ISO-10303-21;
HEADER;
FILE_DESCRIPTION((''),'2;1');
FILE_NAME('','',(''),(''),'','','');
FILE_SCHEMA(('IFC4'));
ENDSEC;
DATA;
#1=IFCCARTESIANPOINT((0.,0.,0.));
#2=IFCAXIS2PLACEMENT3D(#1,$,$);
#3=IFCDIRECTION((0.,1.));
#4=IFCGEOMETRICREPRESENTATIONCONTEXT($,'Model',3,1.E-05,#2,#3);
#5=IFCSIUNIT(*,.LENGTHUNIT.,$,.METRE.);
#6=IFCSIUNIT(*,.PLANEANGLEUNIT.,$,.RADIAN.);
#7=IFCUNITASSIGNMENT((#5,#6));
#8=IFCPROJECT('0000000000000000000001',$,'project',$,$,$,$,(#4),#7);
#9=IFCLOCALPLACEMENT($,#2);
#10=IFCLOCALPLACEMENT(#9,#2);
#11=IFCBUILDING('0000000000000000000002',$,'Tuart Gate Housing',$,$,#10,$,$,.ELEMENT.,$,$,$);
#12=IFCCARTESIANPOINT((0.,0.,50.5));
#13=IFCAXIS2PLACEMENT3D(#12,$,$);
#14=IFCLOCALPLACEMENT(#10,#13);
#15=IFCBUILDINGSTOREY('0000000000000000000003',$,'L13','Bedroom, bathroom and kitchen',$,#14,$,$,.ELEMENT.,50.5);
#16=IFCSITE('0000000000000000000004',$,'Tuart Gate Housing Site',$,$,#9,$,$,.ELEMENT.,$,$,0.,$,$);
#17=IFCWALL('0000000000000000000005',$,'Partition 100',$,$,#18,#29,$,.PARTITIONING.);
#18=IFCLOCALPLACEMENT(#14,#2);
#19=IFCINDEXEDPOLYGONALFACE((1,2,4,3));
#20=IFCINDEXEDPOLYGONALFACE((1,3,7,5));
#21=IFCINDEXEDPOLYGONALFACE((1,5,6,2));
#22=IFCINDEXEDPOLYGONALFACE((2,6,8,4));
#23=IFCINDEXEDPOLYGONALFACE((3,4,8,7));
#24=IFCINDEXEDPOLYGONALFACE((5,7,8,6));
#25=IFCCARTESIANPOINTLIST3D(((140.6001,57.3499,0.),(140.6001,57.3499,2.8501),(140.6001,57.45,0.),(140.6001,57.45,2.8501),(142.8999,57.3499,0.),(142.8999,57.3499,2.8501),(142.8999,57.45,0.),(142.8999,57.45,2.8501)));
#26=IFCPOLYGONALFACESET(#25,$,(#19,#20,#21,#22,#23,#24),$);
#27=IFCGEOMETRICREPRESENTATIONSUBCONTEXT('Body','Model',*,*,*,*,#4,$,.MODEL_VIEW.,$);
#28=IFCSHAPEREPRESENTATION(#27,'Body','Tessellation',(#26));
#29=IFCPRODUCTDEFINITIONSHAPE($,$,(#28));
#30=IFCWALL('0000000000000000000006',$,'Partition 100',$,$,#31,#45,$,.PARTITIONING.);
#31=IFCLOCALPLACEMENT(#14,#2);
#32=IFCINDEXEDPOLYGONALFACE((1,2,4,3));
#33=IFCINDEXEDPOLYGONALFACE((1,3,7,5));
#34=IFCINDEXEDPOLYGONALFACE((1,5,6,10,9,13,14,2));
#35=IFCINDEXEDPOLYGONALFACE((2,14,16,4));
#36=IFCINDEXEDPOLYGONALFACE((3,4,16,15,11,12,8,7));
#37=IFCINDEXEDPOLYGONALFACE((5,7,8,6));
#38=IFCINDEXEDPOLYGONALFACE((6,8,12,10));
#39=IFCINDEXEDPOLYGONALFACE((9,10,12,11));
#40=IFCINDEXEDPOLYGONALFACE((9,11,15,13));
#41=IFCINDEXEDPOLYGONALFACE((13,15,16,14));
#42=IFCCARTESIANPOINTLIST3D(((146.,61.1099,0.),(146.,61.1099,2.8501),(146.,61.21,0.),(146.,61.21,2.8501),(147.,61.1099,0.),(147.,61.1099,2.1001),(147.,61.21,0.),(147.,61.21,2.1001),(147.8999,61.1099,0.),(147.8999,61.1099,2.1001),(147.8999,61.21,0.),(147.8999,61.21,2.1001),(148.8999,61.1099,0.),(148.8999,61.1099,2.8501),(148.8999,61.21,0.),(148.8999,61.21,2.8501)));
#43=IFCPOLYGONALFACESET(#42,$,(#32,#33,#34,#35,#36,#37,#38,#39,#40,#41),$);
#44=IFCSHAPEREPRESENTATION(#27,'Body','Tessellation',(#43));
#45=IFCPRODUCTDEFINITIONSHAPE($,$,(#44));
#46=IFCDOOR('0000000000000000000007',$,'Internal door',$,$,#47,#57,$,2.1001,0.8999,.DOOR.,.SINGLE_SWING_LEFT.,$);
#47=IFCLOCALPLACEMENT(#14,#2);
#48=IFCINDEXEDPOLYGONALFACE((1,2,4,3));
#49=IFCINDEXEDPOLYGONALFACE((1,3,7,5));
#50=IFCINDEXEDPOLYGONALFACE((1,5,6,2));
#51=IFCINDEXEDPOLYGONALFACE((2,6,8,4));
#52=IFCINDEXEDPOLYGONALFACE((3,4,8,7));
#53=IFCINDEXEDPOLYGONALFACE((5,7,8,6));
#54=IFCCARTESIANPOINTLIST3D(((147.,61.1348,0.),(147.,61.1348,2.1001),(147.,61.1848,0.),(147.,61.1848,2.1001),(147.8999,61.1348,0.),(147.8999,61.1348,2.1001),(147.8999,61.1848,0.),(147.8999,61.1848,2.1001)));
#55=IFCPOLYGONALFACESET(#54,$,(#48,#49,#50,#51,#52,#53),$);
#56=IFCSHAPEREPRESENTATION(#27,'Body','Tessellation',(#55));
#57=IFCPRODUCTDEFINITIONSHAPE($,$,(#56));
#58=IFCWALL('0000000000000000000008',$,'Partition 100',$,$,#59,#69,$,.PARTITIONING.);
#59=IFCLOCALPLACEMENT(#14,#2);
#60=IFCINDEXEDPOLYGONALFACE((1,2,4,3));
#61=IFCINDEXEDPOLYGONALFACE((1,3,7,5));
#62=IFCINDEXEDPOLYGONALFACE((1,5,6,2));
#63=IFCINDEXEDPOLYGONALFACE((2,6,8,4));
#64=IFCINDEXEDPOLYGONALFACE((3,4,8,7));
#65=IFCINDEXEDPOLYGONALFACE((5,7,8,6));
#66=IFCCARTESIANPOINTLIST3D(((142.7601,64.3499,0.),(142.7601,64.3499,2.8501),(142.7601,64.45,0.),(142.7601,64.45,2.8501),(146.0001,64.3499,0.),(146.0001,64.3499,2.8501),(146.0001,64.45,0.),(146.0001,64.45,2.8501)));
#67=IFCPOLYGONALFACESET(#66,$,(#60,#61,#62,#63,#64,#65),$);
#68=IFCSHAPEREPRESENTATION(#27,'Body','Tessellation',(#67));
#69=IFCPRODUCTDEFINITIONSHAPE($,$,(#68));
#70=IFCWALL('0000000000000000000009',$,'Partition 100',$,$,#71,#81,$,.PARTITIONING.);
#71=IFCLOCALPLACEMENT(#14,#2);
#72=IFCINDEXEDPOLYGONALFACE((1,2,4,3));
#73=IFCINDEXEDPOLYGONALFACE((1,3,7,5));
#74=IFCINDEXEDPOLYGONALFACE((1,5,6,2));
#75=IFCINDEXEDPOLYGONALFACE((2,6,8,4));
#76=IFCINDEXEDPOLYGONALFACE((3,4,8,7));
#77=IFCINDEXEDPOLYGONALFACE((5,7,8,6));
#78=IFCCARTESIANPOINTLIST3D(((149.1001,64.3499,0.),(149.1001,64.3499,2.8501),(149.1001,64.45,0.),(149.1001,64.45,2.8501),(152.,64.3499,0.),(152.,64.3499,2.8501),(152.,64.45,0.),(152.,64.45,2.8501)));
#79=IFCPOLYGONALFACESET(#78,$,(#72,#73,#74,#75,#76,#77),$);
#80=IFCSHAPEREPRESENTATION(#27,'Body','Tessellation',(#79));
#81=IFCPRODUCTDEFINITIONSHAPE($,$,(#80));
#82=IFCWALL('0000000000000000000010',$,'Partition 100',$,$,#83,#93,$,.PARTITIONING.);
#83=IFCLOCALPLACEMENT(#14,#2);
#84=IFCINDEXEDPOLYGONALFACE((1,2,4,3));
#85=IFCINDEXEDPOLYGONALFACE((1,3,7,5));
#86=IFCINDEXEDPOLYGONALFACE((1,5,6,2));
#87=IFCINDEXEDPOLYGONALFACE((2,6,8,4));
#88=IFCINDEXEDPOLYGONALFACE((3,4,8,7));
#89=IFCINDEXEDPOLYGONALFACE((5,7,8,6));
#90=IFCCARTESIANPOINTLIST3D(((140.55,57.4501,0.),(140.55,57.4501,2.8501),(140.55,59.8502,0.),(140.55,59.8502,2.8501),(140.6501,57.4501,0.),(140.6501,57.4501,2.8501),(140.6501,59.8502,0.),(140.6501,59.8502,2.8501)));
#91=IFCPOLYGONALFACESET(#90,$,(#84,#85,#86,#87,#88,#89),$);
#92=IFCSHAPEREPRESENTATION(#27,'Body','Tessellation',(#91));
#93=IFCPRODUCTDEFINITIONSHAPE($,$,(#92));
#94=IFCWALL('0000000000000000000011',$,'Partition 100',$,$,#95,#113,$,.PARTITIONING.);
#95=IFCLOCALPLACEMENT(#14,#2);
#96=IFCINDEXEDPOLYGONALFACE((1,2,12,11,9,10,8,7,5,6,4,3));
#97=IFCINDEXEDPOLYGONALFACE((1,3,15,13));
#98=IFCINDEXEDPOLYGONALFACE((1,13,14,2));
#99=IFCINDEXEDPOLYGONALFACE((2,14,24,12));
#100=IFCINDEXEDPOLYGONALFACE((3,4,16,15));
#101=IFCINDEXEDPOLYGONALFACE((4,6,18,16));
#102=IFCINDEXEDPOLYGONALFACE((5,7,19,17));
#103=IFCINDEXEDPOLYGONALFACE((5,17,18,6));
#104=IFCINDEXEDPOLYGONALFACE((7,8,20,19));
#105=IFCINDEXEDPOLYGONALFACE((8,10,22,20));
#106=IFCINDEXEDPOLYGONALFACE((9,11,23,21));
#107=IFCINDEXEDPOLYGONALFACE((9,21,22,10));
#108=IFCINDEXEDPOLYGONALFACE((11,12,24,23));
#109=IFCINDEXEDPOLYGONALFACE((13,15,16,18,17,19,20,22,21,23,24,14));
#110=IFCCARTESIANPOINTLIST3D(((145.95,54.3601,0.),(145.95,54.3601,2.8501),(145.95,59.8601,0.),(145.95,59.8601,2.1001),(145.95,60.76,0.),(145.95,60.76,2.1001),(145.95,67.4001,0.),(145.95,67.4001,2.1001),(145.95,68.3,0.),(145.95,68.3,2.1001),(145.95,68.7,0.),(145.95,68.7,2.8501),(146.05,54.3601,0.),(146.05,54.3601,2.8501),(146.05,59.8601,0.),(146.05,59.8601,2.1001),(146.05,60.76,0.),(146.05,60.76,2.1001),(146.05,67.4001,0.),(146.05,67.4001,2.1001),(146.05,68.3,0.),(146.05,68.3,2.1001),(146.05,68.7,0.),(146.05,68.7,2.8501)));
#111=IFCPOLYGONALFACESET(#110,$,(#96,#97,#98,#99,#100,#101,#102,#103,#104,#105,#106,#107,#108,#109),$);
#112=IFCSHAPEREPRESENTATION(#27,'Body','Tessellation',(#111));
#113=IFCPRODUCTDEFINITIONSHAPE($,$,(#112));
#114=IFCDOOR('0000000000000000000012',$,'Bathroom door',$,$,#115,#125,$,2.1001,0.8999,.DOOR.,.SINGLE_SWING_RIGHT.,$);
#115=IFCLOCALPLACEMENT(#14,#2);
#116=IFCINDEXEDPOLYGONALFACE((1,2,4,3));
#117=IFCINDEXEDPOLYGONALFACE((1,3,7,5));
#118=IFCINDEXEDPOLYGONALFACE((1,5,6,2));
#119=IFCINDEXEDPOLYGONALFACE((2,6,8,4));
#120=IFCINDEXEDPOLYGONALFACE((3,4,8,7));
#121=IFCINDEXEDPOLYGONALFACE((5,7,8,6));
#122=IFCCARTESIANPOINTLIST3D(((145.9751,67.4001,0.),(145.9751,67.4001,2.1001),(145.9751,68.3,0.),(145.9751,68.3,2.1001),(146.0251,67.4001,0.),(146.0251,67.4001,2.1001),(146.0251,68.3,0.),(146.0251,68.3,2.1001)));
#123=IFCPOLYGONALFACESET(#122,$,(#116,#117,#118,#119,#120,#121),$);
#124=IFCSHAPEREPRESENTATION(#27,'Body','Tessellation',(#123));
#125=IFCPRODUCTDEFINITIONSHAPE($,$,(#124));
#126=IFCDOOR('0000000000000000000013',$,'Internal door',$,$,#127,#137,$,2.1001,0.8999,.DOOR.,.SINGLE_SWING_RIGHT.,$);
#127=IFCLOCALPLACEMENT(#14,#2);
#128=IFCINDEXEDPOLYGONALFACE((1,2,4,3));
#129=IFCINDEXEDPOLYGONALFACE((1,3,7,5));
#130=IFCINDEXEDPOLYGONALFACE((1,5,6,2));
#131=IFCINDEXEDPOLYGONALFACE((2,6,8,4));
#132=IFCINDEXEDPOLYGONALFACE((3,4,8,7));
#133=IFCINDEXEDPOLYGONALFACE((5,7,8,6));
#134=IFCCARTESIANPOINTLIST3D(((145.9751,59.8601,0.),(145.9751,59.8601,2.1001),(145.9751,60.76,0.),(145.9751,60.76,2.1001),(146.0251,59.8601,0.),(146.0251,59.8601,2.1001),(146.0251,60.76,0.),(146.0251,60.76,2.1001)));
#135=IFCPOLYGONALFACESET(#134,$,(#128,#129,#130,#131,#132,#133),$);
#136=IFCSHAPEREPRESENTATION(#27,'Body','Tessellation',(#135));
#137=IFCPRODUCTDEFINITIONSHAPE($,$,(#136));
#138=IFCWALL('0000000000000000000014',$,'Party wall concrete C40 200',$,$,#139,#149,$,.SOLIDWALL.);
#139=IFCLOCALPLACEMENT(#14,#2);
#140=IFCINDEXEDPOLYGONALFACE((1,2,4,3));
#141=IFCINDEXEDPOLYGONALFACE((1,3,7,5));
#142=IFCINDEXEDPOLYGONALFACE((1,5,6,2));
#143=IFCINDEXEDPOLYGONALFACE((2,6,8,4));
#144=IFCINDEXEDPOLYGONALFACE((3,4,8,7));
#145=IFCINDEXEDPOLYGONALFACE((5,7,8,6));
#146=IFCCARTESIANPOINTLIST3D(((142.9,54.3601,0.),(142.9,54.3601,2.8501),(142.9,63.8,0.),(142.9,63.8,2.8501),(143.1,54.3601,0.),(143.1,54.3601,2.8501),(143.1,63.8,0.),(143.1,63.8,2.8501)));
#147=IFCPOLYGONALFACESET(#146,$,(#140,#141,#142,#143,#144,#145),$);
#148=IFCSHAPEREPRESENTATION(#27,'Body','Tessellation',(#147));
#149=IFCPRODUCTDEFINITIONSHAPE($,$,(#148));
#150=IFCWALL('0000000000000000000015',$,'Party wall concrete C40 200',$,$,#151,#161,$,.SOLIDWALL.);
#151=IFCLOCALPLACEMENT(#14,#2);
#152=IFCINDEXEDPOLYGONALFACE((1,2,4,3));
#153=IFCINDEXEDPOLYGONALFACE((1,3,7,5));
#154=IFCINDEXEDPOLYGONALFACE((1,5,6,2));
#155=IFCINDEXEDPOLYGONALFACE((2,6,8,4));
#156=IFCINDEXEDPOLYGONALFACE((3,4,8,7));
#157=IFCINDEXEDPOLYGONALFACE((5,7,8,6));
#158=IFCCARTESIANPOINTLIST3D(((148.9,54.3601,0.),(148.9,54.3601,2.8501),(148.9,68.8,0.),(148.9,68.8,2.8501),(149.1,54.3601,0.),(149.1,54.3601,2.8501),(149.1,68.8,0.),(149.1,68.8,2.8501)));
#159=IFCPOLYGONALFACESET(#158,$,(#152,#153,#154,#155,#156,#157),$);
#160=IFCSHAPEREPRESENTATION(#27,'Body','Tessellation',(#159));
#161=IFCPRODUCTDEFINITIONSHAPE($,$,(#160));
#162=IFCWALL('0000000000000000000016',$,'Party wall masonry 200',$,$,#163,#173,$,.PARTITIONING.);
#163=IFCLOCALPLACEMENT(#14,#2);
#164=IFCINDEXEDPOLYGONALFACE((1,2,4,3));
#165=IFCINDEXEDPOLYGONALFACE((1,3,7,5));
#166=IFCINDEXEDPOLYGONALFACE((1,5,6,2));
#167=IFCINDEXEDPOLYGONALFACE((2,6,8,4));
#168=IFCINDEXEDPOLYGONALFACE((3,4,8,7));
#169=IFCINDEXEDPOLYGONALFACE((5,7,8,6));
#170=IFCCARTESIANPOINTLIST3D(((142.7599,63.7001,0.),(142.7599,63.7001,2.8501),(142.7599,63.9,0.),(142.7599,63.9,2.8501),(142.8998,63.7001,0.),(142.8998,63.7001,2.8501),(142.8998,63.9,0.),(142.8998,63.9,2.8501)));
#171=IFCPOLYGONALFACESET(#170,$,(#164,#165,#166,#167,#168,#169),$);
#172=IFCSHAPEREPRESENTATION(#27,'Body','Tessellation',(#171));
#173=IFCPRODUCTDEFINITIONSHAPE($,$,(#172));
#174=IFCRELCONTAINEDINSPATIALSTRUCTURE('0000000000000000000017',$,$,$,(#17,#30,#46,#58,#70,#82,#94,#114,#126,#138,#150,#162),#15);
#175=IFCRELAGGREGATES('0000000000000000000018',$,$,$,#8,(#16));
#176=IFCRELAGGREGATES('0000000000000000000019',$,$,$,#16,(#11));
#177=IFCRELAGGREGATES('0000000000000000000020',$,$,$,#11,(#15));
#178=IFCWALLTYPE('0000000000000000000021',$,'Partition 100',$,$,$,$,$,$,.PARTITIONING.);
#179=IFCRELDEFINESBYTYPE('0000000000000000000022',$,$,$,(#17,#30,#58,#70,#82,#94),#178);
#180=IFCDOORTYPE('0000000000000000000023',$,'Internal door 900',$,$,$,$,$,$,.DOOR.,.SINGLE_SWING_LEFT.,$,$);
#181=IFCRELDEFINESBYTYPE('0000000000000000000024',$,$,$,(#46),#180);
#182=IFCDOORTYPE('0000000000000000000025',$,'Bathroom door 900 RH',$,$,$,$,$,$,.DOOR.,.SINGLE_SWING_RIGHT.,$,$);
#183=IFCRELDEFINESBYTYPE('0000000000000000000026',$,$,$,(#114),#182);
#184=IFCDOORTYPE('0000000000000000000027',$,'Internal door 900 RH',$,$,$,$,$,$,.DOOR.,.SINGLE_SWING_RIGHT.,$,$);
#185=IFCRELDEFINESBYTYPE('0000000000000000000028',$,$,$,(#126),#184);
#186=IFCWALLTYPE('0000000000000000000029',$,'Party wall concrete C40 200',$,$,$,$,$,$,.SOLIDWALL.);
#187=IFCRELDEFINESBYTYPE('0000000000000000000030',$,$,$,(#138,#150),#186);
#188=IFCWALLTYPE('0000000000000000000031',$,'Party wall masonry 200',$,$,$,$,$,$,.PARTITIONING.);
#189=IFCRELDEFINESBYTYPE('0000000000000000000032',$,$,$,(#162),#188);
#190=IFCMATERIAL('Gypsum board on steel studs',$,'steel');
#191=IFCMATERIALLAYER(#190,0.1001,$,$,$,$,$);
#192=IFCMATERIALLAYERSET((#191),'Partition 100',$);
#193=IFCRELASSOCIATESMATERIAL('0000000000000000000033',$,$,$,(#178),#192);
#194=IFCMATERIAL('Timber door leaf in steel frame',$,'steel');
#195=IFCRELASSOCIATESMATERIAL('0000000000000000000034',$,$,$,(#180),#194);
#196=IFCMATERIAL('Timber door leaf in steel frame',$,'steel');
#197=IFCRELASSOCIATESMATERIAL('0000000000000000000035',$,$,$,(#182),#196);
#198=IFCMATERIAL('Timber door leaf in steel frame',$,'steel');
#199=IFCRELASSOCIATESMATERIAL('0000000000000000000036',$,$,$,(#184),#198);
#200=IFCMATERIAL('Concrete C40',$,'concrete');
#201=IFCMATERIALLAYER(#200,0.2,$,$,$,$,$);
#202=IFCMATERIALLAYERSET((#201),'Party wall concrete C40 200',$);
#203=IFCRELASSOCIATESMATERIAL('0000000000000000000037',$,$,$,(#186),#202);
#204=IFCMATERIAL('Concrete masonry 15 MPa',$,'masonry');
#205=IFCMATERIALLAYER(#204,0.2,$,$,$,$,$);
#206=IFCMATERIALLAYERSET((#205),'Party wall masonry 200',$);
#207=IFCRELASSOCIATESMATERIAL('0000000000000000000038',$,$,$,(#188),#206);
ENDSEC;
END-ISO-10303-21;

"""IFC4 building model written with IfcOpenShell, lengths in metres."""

from ifc_helpers import new_model, si_unit, direction, frame, frame_2d, origin, place, context, subcontext, project, spatial, rectangle, extrude, material, layer, layer_set, type_object, element, fill, save


model = new_model("IFC4")

# Units and contexts
model_context = context("Model", 3, precision=1e-05, world=origin(), true_north=direction((0.0, 1.0)))
body_context = subcontext(model_context, "Body", "Model", "MODEL_VIEW")
ifc_project = project(units=[si_unit("LENGTHUNIT", "METRE"), si_unit("PLANEANGLEUNIT", "RADIAN")], contexts=[model_context])

# Site, building, storey
site_placement = place(None, origin())
site = spatial("IfcSite", under=ifc_project, at=site_placement, Name="Tuart Gate Housing Site", CompositionType="ELEMENT", RefElevation=0.0)
building_placement = place(site_placement, origin())
building = spatial("IfcBuilding", under=site, at=building_placement, Name="Tuart Gate Housing", CompositionType="ELEMENT")
storey_placement = place(building_placement, frame((0.0, 0.0, 50.5)))
storey = spatial("IfcBuildingStorey", under=building, at=storey_placement, Name="L13", Description="Bedroom, bathroom and kitchen", CompositionType="ELEMENT", Elevation=50.5)

# Wall
ifc_material_1 = material(Name="Gypsum board on steel studs", Category="steel")
ifc_layer_1 = layer(ifc_material_1, 0.1001)
ifc_layer_set_1 = layer_set([ifc_layer_1], Name="Partition 100")
wall_type_1 = type_object("IfcWallType", Name="Partition 100", PredefinedType="PARTITIONING", material=ifc_layer_set_1)
wall_1_placement = place(storey_placement, frame((140.6001, 57.3999, 0.0), z_axis=(0.0, 0.0, 1.0), x_axis=(1.0, 0.0, 0.0)))
element("IfcWall", 1, at=wall_1_placement, inside=storey, type_object=wall_type_1, Name="Partition 100", PredefinedType="PARTITIONING", context=body_context, shape_type="SweptSolid", body=[
    extrude(rectangle(XDim=2.2998, YDim=0.1001, at=frame_2d((1.1499, 0.0))), origin(), (0.0, 0.0, 1.0), 2.8501),
])

# Wall, opening, door
wall_2_placement = place(storey_placement, frame((146.0, 61.1599, 0.0), z_axis=(0.0, 0.0, 1.0), x_axis=(1.0, 0.0, 0.0)))
wall_2 = element("IfcWall", 2, at=wall_2_placement, inside=storey, type_object=wall_type_1, Name="Partition 100", PredefinedType="PARTITIONING", context=body_context, shape_type="SweptSolid", body=[
    extrude(rectangle(XDim=2.8999, YDim=0.1001, at=frame_2d((1.45, 0.0))), origin(), (0.0, 0.0, 1.0), 2.8501),
])
opening_1_placement = place(wall_2_placement, frame((1.0, 0.0, 0.0)))
opening_1 = element("IfcOpeningElement", 3, at=opening_1_placement, cuts=wall_2, PredefinedType="OPENING", context=body_context, shape_type="SweptSolid", body=[
    extrude(rectangle(XDim=0.8999, YDim=2.1001, at=frame_2d((0.45, 1.05))), frame((0.0, 0.0601, 0.0), z_axis=(0.0, -1.0, 0.0), x_axis=(1.0, 0.0, 0.0)), (0.0, 0.0, 1.0), 0.1201),
])
ifc_material_2 = material(Name="Timber door leaf in steel frame", Category="steel")
door_type_1 = type_object("IfcDoorType", Name="Internal door 900", OperationType="SINGLE_SWING_LEFT", PredefinedType="DOOR", material=ifc_material_2)
door_1_placement = place(opening_1_placement, origin())
door_1 = element("IfcDoor", 4, at=door_1_placement, inside=storey, type_object=door_type_1, Name="Internal door", OperationType="SINGLE_SWING_LEFT", OverallHeight=2.1001, OverallWidth=0.8999, PredefinedType="DOOR", context=body_context, shape_type="SweptSolid", body=[
    extrude(rectangle(XDim=0.8999, YDim=2.1001, at=frame_2d((0.45, 1.05))), frame((0.0, 0.0249, 0.0), z_axis=(0.0, -1.0, 0.0), x_axis=(1.0, 0.0, 0.0)), (0.0, 0.0, 1.0), 0.05),
])
fill(opening_1, door_1)

# Walls
wall_3_placement = place(storey_placement, frame((142.76, 64.3999, 0.0), z_axis=(0.0, 0.0, 1.0), x_axis=(1.0, 0.0, 0.0)))
element("IfcWall", 5, at=wall_3_placement, inside=storey, type_object=wall_type_1, Name="Partition 100", PredefinedType="PARTITIONING", context=body_context, shape_type="SweptSolid", body=[
    extrude(rectangle(XDim=3.24, YDim=0.1001, at=frame_2d((1.6201, 0.0))), origin(), (0.0, 0.0, 1.0), 2.8501),
])
wall_4_placement = place(storey_placement, frame((149.1001, 64.3999, 0.0), z_axis=(0.0, 0.0, 1.0), x_axis=(1.0, 0.0, 0.0)))
element("IfcWall", 6, at=wall_4_placement, inside=storey, type_object=wall_type_1, Name="Partition 100", PredefinedType="PARTITIONING", context=body_context, shape_type="SweptSolid", body=[
    extrude(rectangle(XDim=2.8999, YDim=0.1001, at=frame_2d((1.45, 0.0))), origin(), (0.0, 0.0, 1.0), 2.8501),
])
wall_5_placement = place(storey_placement, frame((140.6001, 57.45, 0.0), z_axis=(0.0, 0.0, 1.0), x_axis=(0.0, 1.0, 0.0)))
element("IfcWall", 7, at=wall_5_placement, inside=storey, type_object=wall_type_1, Name="Partition 100", PredefinedType="PARTITIONING", context=body_context, shape_type="SweptSolid", body=[
    extrude(rectangle(XDim=2.4001, YDim=0.1001, at=frame_2d((1.2002, 0.0))), origin(), (0.0, 0.0, 1.0), 2.8501),
])

# Wall, openings, doors
wall_6_placement = place(storey_placement, frame((146.0, 54.3601, 0.0), z_axis=(0.0, 0.0, 1.0), x_axis=(0.0, 1.0, 0.0)))
wall_6 = element("IfcWall", 8, at=wall_6_placement, inside=storey, type_object=wall_type_1, Name="Partition 100", PredefinedType="PARTITIONING", context=body_context, shape_type="SweptSolid", body=[
    extrude(rectangle(XDim=14.3398, YDim=0.1001, at=frame_2d((7.1699, 0.0))), origin(), (0.0, 0.0, 1.0), 2.8501),
])
opening_2_placement = place(wall_6_placement, frame((5.5, 0.0, 0.0)))
opening_2 = element("IfcOpeningElement", 9, at=opening_2_placement, cuts=wall_6, PredefinedType="OPENING", context=body_context, shape_type="SweptSolid", body=[
    extrude(rectangle(XDim=0.8999, YDim=2.1001, at=frame_2d((0.45, 1.05))), frame((0.0, 0.0601, 0.0), z_axis=(0.0, -1.0, 0.0), x_axis=(1.0, 0.0, 0.0)), (0.0, 0.0, 1.0), 0.1201),
])
opening_3_placement = place(wall_6_placement, frame((13.04, 0.0, 0.0)))
opening_3 = element("IfcOpeningElement", 10, at=opening_3_placement, cuts=wall_6, PredefinedType="OPENING", context=body_context, shape_type="SweptSolid", body=[
    extrude(rectangle(XDim=0.8999, YDim=2.1001, at=frame_2d((0.45, 1.05))), frame((0.0, 0.0601, 0.0), z_axis=(0.0, -1.0, 0.0), x_axis=(1.0, 0.0, 0.0)), (0.0, 0.0, 1.0), 0.1201),
])
ifc_material_3 = material(Name="Timber door leaf in steel frame", Category="steel")
door_type_2 = type_object("IfcDoorType", Name="Bathroom door 900 RH", OperationType="SINGLE_SWING_RIGHT", PredefinedType="DOOR", material=ifc_material_3)
door_2_placement = place(opening_3_placement, origin())
door_2 = element("IfcDoor", 11, at=door_2_placement, inside=storey, type_object=door_type_2, Name="Bathroom door", OperationType="SINGLE_SWING_RIGHT", OverallHeight=2.1001, OverallWidth=0.8999, PredefinedType="DOOR", context=body_context, shape_type="SweptSolid", body=[
    extrude(rectangle(XDim=0.8999, YDim=2.1001, at=frame_2d((0.45, 1.05))), frame((0.0, 0.0249, 0.0), z_axis=(0.0, -1.0, 0.0), x_axis=(1.0, 0.0, 0.0)), (0.0, 0.0, 1.0), 0.05),
])
fill(opening_3, door_2)
ifc_material_4 = material(Name="Timber door leaf in steel frame", Category="steel")
door_type_3 = type_object("IfcDoorType", Name="Internal door 900 RH", OperationType="SINGLE_SWING_RIGHT", PredefinedType="DOOR", material=ifc_material_4)
door_3_placement = place(opening_2_placement, origin())
door_3 = element("IfcDoor", 12, at=door_3_placement, inside=storey, type_object=door_type_3, Name="Internal door", OperationType="SINGLE_SWING_RIGHT", OverallHeight=2.1001, OverallWidth=0.8999, PredefinedType="DOOR", context=body_context, shape_type="SweptSolid", body=[
    extrude(rectangle(XDim=0.8999, YDim=2.1001, at=frame_2d((0.45, 1.05))), frame((0.0, 0.0249, 0.0), z_axis=(0.0, -1.0, 0.0), x_axis=(1.0, 0.0, 0.0)), (0.0, 0.0, 1.0), 0.05),
])
fill(opening_2, door_3)

# Walls
ifc_material_5 = material(Name="Concrete C40", Category="concrete")
ifc_layer_2 = layer(ifc_material_5, 0.2)
ifc_layer_set_2 = layer_set([ifc_layer_2], Name="Party wall concrete C40 200")
wall_type_2 = type_object("IfcWallType", Name="Party wall concrete C40 200", PredefinedType="SOLIDWALL", material=ifc_layer_set_2)
wall_7_placement = place(storey_placement, frame((143.0, 54.3601, 0.0), z_axis=(0.0, 0.0, 1.0), x_axis=(0.0, 1.0, 0.0)))
element("IfcWall", 13, at=wall_7_placement, inside=storey, type_object=wall_type_2, Name="Party wall concrete C40 200", PredefinedType="SOLIDWALL", context=body_context, shape_type="SweptSolid", body=[
    extrude(rectangle(XDim=9.4399, YDim=0.2, at=frame_2d((4.72, 0.0))), origin(), (0.0, 0.0, 1.0), 2.8501),
])
wall_8_placement = place(storey_placement, frame((149.0, 54.3601, 0.0), z_axis=(0.0, 0.0, 1.0), x_axis=(0.0, 1.0, 0.0)))
element("IfcWall", 14, at=wall_8_placement, inside=storey, type_object=wall_type_2, Name="Party wall concrete C40 200", PredefinedType="SOLIDWALL", context=body_context, shape_type="SweptSolid", body=[
    extrude(rectangle(XDim=14.4399, YDim=0.2, at=frame_2d((7.22, 0.0))), origin(), (0.0, 0.0, 1.0), 2.8501),
])
ifc_material_6 = material(Name="Concrete masonry 15 MPa", Category="masonry")
ifc_layer_3 = layer(ifc_material_6, 0.2)
ifc_layer_set_3 = layer_set([ifc_layer_3], Name="Party wall masonry 200")
wall_type_3 = type_object("IfcWallType", Name="Party wall masonry 200", PredefinedType="PARTITIONING", material=ifc_layer_set_3)
wall_9_placement = place(storey_placement, frame((142.76, 63.8, 0.0), z_axis=(0.0, 0.0, 1.0), x_axis=(1.0, 0.0, 0.0)))
element("IfcWall", 15, at=wall_9_placement, inside=storey, type_object=wall_type_3, Name="Party wall masonry 200", PredefinedType="PARTITIONING", context=body_context, shape_type="SweptSolid", body=[
    extrude(rectangle(XDim=0.1399, YDim=0.2, at=frame_2d((0.0698, 0.0))), origin(), (0.0, 0.0, 1.0), 2.8501),
])

save(model, "model.ifc")
